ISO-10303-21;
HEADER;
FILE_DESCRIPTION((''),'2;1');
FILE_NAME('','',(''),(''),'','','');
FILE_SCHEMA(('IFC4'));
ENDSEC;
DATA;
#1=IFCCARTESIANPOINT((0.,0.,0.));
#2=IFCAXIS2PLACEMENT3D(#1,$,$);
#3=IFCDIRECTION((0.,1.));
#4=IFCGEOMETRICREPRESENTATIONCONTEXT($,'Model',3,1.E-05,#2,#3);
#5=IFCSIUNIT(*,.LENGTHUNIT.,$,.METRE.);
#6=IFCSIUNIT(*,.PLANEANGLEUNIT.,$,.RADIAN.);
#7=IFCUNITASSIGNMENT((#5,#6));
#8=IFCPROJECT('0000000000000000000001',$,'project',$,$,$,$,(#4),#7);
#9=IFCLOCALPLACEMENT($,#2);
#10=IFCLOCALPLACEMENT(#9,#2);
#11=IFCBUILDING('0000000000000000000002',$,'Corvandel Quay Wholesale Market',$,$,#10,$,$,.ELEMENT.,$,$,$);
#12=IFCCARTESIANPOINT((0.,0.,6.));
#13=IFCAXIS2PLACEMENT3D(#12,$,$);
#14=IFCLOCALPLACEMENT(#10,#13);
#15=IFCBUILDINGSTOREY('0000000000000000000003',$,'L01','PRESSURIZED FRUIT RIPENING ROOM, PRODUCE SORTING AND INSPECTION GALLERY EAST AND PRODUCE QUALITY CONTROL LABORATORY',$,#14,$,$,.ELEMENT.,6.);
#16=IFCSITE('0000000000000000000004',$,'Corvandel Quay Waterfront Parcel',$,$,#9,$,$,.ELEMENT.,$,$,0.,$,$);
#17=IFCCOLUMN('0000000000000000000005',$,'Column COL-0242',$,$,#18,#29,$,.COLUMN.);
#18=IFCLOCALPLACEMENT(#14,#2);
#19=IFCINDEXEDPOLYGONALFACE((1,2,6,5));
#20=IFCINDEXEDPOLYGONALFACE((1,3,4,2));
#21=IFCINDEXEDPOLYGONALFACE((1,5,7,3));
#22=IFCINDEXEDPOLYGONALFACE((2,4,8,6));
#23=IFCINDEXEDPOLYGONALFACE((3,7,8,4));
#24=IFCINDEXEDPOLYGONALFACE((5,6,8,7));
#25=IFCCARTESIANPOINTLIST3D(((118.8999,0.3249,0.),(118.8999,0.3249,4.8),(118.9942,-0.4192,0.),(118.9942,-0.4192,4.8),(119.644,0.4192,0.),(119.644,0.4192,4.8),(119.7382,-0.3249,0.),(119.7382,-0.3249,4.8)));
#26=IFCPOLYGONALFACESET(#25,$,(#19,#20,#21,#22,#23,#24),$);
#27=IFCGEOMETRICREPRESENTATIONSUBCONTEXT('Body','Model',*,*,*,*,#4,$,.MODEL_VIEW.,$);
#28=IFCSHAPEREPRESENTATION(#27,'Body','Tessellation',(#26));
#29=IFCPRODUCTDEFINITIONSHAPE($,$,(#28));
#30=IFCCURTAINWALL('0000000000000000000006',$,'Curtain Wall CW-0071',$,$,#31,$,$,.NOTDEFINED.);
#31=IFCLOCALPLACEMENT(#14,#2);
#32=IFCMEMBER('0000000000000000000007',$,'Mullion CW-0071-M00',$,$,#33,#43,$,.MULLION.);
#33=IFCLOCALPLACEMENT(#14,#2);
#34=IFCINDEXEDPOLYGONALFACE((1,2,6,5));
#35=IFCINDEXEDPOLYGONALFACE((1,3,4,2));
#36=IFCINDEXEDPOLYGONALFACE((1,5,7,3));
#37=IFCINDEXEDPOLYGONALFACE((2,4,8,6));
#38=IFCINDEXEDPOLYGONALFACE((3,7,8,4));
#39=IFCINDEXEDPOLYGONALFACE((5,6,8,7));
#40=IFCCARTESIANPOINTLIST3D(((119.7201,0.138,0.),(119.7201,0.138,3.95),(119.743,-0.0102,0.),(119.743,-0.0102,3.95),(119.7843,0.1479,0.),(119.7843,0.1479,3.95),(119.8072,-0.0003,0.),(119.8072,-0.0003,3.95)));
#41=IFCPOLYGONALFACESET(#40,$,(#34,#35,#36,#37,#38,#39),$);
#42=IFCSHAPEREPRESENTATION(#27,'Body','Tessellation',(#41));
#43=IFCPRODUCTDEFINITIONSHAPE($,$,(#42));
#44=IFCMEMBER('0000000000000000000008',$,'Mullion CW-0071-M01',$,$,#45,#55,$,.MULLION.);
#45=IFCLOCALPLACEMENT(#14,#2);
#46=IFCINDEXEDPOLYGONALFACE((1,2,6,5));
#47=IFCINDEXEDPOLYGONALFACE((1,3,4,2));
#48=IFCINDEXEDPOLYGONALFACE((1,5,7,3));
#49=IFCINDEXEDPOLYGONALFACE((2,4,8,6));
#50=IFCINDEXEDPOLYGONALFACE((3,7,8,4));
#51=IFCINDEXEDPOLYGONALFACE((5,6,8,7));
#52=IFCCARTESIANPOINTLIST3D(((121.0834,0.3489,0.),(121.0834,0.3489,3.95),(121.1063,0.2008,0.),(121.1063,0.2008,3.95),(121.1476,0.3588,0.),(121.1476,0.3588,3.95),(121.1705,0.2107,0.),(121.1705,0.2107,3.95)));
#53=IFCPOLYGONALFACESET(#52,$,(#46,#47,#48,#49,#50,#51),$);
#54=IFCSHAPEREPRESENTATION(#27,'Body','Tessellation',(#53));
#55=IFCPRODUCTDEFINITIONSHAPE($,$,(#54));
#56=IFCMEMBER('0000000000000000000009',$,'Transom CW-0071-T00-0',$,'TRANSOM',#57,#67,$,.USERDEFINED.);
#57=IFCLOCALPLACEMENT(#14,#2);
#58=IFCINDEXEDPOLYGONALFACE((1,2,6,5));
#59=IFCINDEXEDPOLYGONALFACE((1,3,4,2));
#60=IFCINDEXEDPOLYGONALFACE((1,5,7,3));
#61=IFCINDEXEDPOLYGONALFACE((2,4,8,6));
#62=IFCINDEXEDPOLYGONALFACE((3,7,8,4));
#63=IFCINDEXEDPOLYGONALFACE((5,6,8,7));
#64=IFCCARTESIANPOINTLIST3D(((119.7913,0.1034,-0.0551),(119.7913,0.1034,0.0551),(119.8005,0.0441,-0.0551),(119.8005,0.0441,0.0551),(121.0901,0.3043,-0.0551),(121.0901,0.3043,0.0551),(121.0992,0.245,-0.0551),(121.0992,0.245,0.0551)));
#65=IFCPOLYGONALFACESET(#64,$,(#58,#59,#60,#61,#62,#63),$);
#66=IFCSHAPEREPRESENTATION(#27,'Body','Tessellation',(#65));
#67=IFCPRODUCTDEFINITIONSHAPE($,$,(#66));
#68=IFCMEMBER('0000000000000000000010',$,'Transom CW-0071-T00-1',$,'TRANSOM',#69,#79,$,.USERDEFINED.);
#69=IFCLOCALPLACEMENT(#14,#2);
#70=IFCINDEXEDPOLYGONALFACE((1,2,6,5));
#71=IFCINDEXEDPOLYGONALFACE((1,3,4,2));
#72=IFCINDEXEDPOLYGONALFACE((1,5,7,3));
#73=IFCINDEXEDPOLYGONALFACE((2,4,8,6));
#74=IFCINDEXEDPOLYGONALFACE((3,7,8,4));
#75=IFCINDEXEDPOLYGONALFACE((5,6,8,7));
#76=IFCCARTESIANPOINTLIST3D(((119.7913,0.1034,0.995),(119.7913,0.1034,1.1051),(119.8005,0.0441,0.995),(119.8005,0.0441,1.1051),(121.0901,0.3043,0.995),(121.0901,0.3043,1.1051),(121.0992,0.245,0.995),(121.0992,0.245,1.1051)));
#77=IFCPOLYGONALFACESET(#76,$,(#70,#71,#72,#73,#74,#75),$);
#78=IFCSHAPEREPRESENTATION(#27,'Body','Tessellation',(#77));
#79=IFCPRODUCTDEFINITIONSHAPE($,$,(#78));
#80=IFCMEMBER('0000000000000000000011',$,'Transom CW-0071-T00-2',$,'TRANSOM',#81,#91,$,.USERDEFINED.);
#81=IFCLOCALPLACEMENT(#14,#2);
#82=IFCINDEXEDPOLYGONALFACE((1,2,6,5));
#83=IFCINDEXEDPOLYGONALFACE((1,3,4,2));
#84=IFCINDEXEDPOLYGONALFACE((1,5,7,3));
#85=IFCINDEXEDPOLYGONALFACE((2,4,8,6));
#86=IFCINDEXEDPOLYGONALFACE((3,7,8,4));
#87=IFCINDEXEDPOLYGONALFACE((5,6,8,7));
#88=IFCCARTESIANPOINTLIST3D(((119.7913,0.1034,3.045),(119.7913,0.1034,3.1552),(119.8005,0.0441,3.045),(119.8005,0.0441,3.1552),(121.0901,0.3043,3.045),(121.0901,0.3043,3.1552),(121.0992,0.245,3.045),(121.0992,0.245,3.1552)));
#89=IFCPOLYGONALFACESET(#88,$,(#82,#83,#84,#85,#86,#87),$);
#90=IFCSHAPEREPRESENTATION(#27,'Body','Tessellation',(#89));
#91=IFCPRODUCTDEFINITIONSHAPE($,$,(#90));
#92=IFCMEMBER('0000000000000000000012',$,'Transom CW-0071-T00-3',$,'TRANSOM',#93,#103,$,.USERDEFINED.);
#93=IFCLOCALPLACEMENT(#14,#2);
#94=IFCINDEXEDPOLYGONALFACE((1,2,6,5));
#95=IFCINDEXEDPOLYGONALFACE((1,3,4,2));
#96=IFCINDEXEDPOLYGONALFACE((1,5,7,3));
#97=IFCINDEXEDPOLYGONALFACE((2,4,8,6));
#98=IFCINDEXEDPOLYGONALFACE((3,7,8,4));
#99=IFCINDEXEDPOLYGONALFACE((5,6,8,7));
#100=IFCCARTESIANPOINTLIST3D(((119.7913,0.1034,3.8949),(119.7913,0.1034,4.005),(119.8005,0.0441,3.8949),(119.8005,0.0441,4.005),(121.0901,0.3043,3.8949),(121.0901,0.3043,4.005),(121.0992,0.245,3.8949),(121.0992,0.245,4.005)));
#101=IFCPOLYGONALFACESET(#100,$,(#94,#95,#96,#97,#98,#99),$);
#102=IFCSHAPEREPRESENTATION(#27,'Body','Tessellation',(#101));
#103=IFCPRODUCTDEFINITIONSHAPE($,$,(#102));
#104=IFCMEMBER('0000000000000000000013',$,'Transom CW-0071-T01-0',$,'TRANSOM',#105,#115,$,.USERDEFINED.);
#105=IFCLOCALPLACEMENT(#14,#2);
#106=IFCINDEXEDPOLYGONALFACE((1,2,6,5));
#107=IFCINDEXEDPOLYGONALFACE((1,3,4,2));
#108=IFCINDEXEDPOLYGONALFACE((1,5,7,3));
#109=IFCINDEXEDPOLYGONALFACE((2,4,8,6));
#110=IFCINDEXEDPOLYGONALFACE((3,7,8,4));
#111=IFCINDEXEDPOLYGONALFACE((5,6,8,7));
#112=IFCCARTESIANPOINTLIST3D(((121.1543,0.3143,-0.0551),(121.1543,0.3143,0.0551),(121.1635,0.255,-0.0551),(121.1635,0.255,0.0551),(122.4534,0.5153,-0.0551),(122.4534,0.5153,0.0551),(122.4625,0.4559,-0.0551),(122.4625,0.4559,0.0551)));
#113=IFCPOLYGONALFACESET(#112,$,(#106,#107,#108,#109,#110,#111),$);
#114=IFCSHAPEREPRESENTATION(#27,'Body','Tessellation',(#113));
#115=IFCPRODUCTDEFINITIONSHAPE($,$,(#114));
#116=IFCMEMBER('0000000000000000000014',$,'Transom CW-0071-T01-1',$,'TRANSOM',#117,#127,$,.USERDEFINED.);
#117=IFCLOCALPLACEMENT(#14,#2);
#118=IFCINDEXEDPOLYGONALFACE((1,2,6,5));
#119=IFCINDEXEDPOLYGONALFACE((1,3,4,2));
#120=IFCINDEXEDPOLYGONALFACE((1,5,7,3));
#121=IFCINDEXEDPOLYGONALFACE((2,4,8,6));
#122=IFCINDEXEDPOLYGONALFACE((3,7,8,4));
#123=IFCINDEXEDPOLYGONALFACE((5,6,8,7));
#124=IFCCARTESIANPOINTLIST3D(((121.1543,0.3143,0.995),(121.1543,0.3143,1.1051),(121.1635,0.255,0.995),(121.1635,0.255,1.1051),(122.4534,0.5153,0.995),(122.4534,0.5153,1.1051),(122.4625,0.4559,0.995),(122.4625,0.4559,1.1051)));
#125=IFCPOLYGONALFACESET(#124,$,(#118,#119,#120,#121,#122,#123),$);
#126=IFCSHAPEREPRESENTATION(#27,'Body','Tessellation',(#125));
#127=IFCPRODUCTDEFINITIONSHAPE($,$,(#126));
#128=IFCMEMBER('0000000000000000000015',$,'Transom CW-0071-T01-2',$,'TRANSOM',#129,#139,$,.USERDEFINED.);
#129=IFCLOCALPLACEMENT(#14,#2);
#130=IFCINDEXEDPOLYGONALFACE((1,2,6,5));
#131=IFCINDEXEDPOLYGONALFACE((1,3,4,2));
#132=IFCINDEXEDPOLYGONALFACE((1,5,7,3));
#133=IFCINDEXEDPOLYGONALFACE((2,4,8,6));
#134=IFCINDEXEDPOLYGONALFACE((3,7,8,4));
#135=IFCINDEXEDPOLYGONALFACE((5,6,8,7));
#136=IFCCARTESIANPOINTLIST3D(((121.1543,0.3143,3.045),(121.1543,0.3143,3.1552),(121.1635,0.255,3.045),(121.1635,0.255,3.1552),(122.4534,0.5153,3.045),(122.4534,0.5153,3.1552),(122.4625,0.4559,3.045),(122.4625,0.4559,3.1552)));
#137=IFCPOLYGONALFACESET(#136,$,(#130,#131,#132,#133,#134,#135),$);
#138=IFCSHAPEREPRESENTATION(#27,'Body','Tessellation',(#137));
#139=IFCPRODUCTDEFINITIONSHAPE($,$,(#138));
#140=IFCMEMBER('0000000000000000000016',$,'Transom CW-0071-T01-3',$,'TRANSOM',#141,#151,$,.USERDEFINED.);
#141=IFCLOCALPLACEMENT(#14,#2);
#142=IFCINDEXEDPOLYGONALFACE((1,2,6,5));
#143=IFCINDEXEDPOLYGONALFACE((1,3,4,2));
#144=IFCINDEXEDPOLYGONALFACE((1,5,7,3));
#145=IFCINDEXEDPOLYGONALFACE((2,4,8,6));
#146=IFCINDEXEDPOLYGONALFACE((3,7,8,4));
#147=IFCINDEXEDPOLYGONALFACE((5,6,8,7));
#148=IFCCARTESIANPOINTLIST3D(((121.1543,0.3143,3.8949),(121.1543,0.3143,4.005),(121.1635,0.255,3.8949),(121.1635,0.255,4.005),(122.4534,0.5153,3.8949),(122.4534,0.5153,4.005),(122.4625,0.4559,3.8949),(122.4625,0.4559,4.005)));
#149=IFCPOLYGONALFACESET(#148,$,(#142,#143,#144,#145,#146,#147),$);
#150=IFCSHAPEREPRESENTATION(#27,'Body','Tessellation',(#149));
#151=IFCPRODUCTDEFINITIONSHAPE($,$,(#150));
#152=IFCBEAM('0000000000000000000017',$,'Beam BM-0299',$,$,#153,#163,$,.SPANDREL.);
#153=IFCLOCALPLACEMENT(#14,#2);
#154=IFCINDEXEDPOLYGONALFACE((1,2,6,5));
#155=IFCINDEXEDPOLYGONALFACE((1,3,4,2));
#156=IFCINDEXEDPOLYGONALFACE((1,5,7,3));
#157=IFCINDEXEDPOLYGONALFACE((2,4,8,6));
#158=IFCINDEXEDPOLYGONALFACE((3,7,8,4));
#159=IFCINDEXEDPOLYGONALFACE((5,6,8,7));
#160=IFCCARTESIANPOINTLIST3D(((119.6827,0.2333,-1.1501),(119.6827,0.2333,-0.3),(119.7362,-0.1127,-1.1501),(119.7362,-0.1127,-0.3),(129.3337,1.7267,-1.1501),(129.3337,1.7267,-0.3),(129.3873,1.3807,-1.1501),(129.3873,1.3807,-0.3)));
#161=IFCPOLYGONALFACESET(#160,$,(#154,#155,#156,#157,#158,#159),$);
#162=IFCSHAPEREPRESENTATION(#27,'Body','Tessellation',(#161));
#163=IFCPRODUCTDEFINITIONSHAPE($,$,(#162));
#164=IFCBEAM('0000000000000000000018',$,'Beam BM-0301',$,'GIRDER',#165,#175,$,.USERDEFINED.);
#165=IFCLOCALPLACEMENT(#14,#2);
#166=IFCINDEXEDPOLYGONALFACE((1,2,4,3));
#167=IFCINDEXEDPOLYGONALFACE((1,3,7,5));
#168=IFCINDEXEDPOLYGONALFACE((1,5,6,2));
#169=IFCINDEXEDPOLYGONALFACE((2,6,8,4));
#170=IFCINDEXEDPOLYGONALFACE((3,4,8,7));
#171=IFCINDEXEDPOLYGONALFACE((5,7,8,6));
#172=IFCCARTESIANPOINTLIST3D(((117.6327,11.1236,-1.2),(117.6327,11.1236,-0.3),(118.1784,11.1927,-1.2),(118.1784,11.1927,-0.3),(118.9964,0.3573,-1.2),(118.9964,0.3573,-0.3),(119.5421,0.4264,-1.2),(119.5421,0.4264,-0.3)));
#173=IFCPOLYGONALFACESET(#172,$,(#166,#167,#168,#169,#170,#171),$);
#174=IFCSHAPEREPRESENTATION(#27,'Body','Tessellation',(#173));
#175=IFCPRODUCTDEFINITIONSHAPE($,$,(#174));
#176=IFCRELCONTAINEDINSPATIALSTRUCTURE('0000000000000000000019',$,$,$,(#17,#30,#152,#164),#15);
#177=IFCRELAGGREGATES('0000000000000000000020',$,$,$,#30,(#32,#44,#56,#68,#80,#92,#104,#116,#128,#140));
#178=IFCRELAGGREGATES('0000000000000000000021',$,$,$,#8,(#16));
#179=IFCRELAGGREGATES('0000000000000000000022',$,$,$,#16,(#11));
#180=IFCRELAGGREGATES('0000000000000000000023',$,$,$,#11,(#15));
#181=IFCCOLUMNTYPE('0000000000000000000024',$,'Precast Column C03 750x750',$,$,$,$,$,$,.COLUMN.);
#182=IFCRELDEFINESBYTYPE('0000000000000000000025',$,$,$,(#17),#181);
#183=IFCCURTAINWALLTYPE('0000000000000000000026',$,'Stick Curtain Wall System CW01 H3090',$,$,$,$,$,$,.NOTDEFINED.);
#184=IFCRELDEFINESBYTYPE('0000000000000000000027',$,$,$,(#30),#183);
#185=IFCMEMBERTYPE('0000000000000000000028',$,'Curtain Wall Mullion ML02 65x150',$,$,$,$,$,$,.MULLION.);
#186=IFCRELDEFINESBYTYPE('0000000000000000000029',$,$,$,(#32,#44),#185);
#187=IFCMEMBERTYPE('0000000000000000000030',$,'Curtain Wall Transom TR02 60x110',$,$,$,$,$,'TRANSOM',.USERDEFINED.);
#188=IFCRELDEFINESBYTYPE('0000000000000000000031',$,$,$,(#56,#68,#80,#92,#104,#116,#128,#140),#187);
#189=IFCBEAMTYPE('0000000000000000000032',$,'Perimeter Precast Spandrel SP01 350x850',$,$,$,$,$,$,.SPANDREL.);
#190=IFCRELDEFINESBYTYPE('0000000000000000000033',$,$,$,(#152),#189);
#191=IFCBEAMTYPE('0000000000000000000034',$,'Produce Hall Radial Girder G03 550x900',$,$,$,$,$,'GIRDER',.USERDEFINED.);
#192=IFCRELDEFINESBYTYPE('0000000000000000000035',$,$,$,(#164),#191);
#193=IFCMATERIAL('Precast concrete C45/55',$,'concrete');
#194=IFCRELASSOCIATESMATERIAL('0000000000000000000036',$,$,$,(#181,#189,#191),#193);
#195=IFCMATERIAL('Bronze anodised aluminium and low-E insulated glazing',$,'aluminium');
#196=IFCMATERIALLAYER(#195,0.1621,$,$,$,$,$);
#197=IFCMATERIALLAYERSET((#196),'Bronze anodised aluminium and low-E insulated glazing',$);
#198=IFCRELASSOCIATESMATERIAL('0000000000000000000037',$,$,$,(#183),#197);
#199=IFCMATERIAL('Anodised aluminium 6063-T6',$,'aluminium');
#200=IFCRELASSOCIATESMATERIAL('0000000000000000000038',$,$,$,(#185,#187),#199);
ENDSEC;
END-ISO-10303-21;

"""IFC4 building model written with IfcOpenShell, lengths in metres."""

from ifc_helpers import new_model, si_unit, direction, frame, origin, origin_2d, place, context, subcontext, project, spatial, rectangle, extrude, material, layer, layer_set, material_profile, profile_set, type_object, element, aggregate, save


model = new_model("IFC4")

# Units and contexts
model_context = context("Model", 3, precision=1e-05, world=origin(), true_north=direction((0.0, 1.0)))
body_context = subcontext(model_context, "Body", "Model", "MODEL_VIEW")
ifc_project = project(units=[si_unit("LENGTHUNIT", "METRE"), si_unit("PLANEANGLEUNIT", "RADIAN")], contexts=[model_context])

# Site, building, storey
site_placement = place(None, origin())
site = spatial("IfcSite", under=ifc_project, at=site_placement, Name="Corvandel Quay Waterfront Parcel", CompositionType="ELEMENT", RefElevation=0.0)
building_placement = place(site_placement, origin())
building = spatial("IfcBuilding", under=site, at=building_placement, Name="Corvandel Quay Wholesale Market", CompositionType="ELEMENT")
storey_placement = place(building_placement, frame((0.0, 0.0, 6.0)))
storey = spatial("IfcBuildingStorey", under=building, at=storey_placement, Name="L01", Description="PRESSURIZED FRUIT RIPENING ROOM, PRODUCE SORTING AND INSPECTION GALLERY EAST AND PRODUCE QUALITY CONTROL LABORATORY", CompositionType="ELEMENT", Elevation=6.0)

# Column
ifc_material_1 = material(Name="Precast concrete C45/55", Category="concrete")
ifc_material_profile_1 = material_profile(ifc_material_1, rectangle(XDim=0.75, YDim=0.75, at=origin_2d()), Name="PC-COL-750x750")
ifc_profile_set_1 = profile_set([ifc_material_profile_1], Name="Precast concrete C45/55")
column_type = type_object("IfcColumnType", Name="Precast Column C03 750x750", PredefinedType="COLUMN", material=ifc_profile_set_1)
column_placement = place(storey_placement, frame((119.3191, 0.0, 0.0), z_axis=(0.0, 0.0, 1.0), x_axis=(0.992071, 0.12568, 0.0)))
element("IfcColumn", 1, at=column_placement, inside=storey, type_object=column_type, Name="Column COL-0242", PredefinedType="COLUMN", context=body_context, shape_type="SweptSolid", body=[
    extrude(rectangle(XDim=0.75, YDim=0.75, at=origin_2d()), origin(), (0.0, 0.0, 1.0), 4.8),
])

# Curtain wall, members
ifc_material_2 = material(Name="Bronze anodised aluminium and low-E insulated glazing", Category="aluminium")
ifc_layer_1 = layer(ifc_material_2, 0.1621)
ifc_layer_set_1 = layer_set([ifc_layer_1], Name="Bronze anodised aluminium and low-E insulated glazing")
curtain_wall_type = type_object("IfcCurtainWallType", Name="Stick Curtain Wall System CW01 H3090", PredefinedType="NOTDEFINED", material=ifc_layer_set_1)
curtain_wall_placement = place(storey_placement, origin())
curtain_wall = element("IfcCurtainWall", 2, at=curtain_wall_placement, inside=storey, type_object=curtain_wall_type, Name="Curtain Wall CW-0071", PredefinedType="NOTDEFINED")
ifc_material_3 = material(Name="Anodised aluminium 6063-T6", Category="aluminium")
ifc_material_profile_2 = material_profile(ifc_material_3, rectangle(XDim=0.0649, YDim=0.1499, at=origin_2d()), Name="ALU-MUL-65x150")
ifc_profile_set_2 = profile_set([ifc_material_profile_2], Name="Anodised aluminium 6063-T6")
member_type_1 = type_object("IfcMemberType", Name="Curtain Wall Mullion ML02 65x150", PredefinedType="MULLION", material=ifc_profile_set_2)
member_1_placement = place(storey_placement, frame((119.7637, 0.0688, 0.0), z_axis=(0.0, 0.0, 1.0), x_axis=(0.988255, 0.152813, 0.0)))
member_1 = element("IfcMember", 3, at=member_1_placement, type_object=member_type_1, Name="Mullion CW-0071-M00", PredefinedType="MULLION", context=body_context, shape_type="SweptSolid", body=[
    extrude(rectangle(XDim=0.0649, YDim=0.1499, at=origin_2d()), origin(), (0.0, 0.0, 1.0), 3.95),
])
member_2_placement = place(storey_placement, frame((121.127, 0.2798, 0.0), z_axis=(0.0, 0.0, 1.0), x_axis=(0.988255, 0.152813, 0.0)))
member_2 = element("IfcMember", 4, at=member_2_placement, type_object=member_type_1, Name="Mullion CW-0071-M01", PredefinedType="MULLION", context=body_context, shape_type="SweptSolid", body=[
    extrude(rectangle(XDim=0.0649, YDim=0.1499, at=origin_2d()), origin(), (0.0, 0.0, 1.0), 3.95),
])
ifc_material_profile_3 = material_profile(ifc_material_3, rectangle(XDim=0.0601, YDim=0.1101, at=origin_2d()), Name="ALU-TRN-60x110")
ifc_profile_set_3 = profile_set([ifc_material_profile_3], Name="Anodised aluminium 6063-T6")
member_type_2 = type_object("IfcMemberType", Name="Curtain Wall Transom TR02 60x110", ElementType="TRANSOM", PredefinedType="USERDEFINED", material=ifc_profile_set_3)
member_3_placement = place(storey_placement, frame((119.7959, 0.0737, 0.0), z_axis=(0.988245, 0.152881, 0.0), x_axis=(-0.152881, 0.988245, 0.0)))
member_3 = element("IfcMember", 5, at=member_3_placement, type_object=member_type_2, Name="Transom CW-0071-T00-0", ObjectType="TRANSOM", PredefinedType="USERDEFINED", context=body_context, shape_type="SweptSolid", body=[
    extrude(rectangle(XDim=0.0601, YDim=0.1101, at=origin_2d()), origin(), (0.0, 0.0, 1.0), 1.3142),
])
member_4_placement = place(storey_placement, frame((119.7959, 0.0737, 1.05), z_axis=(0.988245, 0.152881, 0.0), x_axis=(-0.152881, 0.988245, 0.0)))
member_4 = element("IfcMember", 6, at=member_4_placement, type_object=member_type_2, Name="Transom CW-0071-T00-1", ObjectType="TRANSOM", PredefinedType="USERDEFINED", context=body_context, shape_type="SweptSolid", body=[
    extrude(rectangle(XDim=0.0601, YDim=0.1101, at=origin_2d()), origin(), (0.0, 0.0, 1.0), 1.3142),
])
member_5_placement = place(storey_placement, frame((119.7959, 0.0737, 3.1001), z_axis=(0.988245, 0.152881, 0.0), x_axis=(-0.152881, 0.988245, 0.0)))
member_5 = element("IfcMember", 7, at=member_5_placement, type_object=member_type_2, Name="Transom CW-0071-T00-2", ObjectType="TRANSOM", PredefinedType="USERDEFINED", context=body_context, shape_type="SweptSolid", body=[
    extrude(rectangle(XDim=0.0601, YDim=0.1101, at=origin_2d()), origin(), (0.0, 0.0, 1.0), 1.3142),
])
member_6_placement = place(storey_placement, frame((119.7959, 0.0737, 3.95), z_axis=(0.988245, 0.152881, 0.0), x_axis=(-0.152881, 0.988245, 0.0)))
member_6 = element("IfcMember", 8, at=member_6_placement, type_object=member_type_2, Name="Transom CW-0071-T00-3", ObjectType="TRANSOM", PredefinedType="USERDEFINED", context=body_context, shape_type="SweptSolid", body=[
    extrude(rectangle(XDim=0.0601, YDim=0.1101, at=origin_2d()), origin(), (0.0, 0.0, 1.0), 1.3142),
])
member_7_placement = place(storey_placement, frame((121.1589, 0.2847, 0.0), z_axis=(0.988249, 0.152853, 0.0), x_axis=(-0.152853, 0.988249, 0.0)))
member_7 = element("IfcMember", 9, at=member_7_placement, type_object=member_type_2, Name="Transom CW-0071-T01-0", ObjectType="TRANSOM", PredefinedType="USERDEFINED", context=body_context, shape_type="SweptSolid", body=[
    extrude(rectangle(XDim=0.0601, YDim=0.1101, at=origin_2d()), origin(), (0.0, 0.0, 1.0), 1.3145),
])
member_8_placement = place(storey_placement, frame((121.1589, 0.2847, 1.05), z_axis=(0.988249, 0.152853, 0.0), x_axis=(-0.152853, 0.988249, 0.0)))
member_8 = element("IfcMember", 10, at=member_8_placement, type_object=member_type_2, Name="Transom CW-0071-T01-1", ObjectType="TRANSOM", PredefinedType="USERDEFINED", context=body_context, shape_type="SweptSolid", body=[
    extrude(rectangle(XDim=0.0601, YDim=0.1101, at=origin_2d()), origin(), (0.0, 0.0, 1.0), 1.3145),
])
member_9_placement = place(storey_placement, frame((121.1589, 0.2847, 3.1001), z_axis=(0.988249, 0.152853, 0.0), x_axis=(-0.152853, 0.988249, 0.0)))
member_9 = element("IfcMember", 11, at=member_9_placement, type_object=member_type_2, Name="Transom CW-0071-T01-2", ObjectType="TRANSOM", PredefinedType="USERDEFINED", context=body_context, shape_type="SweptSolid", body=[
    extrude(rectangle(XDim=0.0601, YDim=0.1101, at=origin_2d()), origin(), (0.0, 0.0, 1.0), 1.3145),
])
member_10_placement = place(storey_placement, frame((121.1589, 0.2847, 3.95), z_axis=(0.988249, 0.152853, 0.0), x_axis=(-0.152853, 0.988249, 0.0)))
member_10 = element("IfcMember", 12, at=member_10_placement, type_object=member_type_2, Name="Transom CW-0071-T01-3", ObjectType="TRANSOM", PredefinedType="USERDEFINED", context=body_context, shape_type="SweptSolid", body=[
    extrude(rectangle(XDim=0.0601, YDim=0.1101, at=origin_2d()), origin(), (0.0, 0.0, 1.0), 1.3145),
])

# Beams
ifc_material_profile_4 = material_profile(ifc_material_1, rectangle(XDim=0.3501, YDim=0.8501, at=origin_2d()), Name="PC-SPN-350x850")
ifc_profile_set_4 = profile_set([ifc_material_profile_4], Name="Precast concrete C45/55")
beam_type_1 = type_object("IfcBeamType", Name="Perimeter Precast Spandrel SP01 350x850", PredefinedType="SPANDREL", material=ifc_profile_set_4)
beam_1_placement = place(storey_placement, frame((119.7095, 0.0603, -0.7251), z_axis=(0.988239, 0.152919, 0.0), x_axis=(-0.152919, 0.988239, 0.0)))
element("IfcBeam", 13, at=beam_1_placement, inside=storey, type_object=beam_type_1, Name="Beam BM-0299", PredefinedType="SPANDREL", context=body_context, shape_type="SweptSolid", body=[
    extrude(rectangle(XDim=0.3501, YDim=0.8501, at=origin_2d()), origin(), (0.0, 0.0, 1.0), 9.7659),
])
ifc_material_profile_5 = material_profile(ifc_material_1, rectangle(XDim=0.55, YDim=0.8999, at=origin_2d()), Name="PC-GIR-550x900")
ifc_profile_set_5 = profile_set([ifc_material_profile_5], Name="Precast concrete C45/55")
beam_type_2 = type_object("IfcBeamType", Name="Produce Hall Radial Girder G03 550x900", ElementType="GIRDER", PredefinedType="USERDEFINED", material=ifc_profile_set_5)
beam_2_placement = place(storey_placement, frame((119.2693, 0.3918, -0.75), z_axis=(-0.125665, 0.992073, 0.0), x_axis=(-0.992073, -0.125665, 0.0)))
element("IfcBeam", 14, at=beam_2_placement, inside=storey, type_object=beam_type_2, Name="Beam BM-0301", ObjectType="GIRDER", PredefinedType="USERDEFINED", context=body_context, shape_type="SweptSolid", body=[
    extrude(rectangle(XDim=0.55, YDim=0.8999, at=origin_2d()), origin(), (0.0, 0.0, 1.0), 10.8523),
])

aggregate(curtain_wall, [member_1, member_2, member_3, member_4, member_5, member_6, member_7, member_8, member_9, member_10])

save(model, "model.ifc")
